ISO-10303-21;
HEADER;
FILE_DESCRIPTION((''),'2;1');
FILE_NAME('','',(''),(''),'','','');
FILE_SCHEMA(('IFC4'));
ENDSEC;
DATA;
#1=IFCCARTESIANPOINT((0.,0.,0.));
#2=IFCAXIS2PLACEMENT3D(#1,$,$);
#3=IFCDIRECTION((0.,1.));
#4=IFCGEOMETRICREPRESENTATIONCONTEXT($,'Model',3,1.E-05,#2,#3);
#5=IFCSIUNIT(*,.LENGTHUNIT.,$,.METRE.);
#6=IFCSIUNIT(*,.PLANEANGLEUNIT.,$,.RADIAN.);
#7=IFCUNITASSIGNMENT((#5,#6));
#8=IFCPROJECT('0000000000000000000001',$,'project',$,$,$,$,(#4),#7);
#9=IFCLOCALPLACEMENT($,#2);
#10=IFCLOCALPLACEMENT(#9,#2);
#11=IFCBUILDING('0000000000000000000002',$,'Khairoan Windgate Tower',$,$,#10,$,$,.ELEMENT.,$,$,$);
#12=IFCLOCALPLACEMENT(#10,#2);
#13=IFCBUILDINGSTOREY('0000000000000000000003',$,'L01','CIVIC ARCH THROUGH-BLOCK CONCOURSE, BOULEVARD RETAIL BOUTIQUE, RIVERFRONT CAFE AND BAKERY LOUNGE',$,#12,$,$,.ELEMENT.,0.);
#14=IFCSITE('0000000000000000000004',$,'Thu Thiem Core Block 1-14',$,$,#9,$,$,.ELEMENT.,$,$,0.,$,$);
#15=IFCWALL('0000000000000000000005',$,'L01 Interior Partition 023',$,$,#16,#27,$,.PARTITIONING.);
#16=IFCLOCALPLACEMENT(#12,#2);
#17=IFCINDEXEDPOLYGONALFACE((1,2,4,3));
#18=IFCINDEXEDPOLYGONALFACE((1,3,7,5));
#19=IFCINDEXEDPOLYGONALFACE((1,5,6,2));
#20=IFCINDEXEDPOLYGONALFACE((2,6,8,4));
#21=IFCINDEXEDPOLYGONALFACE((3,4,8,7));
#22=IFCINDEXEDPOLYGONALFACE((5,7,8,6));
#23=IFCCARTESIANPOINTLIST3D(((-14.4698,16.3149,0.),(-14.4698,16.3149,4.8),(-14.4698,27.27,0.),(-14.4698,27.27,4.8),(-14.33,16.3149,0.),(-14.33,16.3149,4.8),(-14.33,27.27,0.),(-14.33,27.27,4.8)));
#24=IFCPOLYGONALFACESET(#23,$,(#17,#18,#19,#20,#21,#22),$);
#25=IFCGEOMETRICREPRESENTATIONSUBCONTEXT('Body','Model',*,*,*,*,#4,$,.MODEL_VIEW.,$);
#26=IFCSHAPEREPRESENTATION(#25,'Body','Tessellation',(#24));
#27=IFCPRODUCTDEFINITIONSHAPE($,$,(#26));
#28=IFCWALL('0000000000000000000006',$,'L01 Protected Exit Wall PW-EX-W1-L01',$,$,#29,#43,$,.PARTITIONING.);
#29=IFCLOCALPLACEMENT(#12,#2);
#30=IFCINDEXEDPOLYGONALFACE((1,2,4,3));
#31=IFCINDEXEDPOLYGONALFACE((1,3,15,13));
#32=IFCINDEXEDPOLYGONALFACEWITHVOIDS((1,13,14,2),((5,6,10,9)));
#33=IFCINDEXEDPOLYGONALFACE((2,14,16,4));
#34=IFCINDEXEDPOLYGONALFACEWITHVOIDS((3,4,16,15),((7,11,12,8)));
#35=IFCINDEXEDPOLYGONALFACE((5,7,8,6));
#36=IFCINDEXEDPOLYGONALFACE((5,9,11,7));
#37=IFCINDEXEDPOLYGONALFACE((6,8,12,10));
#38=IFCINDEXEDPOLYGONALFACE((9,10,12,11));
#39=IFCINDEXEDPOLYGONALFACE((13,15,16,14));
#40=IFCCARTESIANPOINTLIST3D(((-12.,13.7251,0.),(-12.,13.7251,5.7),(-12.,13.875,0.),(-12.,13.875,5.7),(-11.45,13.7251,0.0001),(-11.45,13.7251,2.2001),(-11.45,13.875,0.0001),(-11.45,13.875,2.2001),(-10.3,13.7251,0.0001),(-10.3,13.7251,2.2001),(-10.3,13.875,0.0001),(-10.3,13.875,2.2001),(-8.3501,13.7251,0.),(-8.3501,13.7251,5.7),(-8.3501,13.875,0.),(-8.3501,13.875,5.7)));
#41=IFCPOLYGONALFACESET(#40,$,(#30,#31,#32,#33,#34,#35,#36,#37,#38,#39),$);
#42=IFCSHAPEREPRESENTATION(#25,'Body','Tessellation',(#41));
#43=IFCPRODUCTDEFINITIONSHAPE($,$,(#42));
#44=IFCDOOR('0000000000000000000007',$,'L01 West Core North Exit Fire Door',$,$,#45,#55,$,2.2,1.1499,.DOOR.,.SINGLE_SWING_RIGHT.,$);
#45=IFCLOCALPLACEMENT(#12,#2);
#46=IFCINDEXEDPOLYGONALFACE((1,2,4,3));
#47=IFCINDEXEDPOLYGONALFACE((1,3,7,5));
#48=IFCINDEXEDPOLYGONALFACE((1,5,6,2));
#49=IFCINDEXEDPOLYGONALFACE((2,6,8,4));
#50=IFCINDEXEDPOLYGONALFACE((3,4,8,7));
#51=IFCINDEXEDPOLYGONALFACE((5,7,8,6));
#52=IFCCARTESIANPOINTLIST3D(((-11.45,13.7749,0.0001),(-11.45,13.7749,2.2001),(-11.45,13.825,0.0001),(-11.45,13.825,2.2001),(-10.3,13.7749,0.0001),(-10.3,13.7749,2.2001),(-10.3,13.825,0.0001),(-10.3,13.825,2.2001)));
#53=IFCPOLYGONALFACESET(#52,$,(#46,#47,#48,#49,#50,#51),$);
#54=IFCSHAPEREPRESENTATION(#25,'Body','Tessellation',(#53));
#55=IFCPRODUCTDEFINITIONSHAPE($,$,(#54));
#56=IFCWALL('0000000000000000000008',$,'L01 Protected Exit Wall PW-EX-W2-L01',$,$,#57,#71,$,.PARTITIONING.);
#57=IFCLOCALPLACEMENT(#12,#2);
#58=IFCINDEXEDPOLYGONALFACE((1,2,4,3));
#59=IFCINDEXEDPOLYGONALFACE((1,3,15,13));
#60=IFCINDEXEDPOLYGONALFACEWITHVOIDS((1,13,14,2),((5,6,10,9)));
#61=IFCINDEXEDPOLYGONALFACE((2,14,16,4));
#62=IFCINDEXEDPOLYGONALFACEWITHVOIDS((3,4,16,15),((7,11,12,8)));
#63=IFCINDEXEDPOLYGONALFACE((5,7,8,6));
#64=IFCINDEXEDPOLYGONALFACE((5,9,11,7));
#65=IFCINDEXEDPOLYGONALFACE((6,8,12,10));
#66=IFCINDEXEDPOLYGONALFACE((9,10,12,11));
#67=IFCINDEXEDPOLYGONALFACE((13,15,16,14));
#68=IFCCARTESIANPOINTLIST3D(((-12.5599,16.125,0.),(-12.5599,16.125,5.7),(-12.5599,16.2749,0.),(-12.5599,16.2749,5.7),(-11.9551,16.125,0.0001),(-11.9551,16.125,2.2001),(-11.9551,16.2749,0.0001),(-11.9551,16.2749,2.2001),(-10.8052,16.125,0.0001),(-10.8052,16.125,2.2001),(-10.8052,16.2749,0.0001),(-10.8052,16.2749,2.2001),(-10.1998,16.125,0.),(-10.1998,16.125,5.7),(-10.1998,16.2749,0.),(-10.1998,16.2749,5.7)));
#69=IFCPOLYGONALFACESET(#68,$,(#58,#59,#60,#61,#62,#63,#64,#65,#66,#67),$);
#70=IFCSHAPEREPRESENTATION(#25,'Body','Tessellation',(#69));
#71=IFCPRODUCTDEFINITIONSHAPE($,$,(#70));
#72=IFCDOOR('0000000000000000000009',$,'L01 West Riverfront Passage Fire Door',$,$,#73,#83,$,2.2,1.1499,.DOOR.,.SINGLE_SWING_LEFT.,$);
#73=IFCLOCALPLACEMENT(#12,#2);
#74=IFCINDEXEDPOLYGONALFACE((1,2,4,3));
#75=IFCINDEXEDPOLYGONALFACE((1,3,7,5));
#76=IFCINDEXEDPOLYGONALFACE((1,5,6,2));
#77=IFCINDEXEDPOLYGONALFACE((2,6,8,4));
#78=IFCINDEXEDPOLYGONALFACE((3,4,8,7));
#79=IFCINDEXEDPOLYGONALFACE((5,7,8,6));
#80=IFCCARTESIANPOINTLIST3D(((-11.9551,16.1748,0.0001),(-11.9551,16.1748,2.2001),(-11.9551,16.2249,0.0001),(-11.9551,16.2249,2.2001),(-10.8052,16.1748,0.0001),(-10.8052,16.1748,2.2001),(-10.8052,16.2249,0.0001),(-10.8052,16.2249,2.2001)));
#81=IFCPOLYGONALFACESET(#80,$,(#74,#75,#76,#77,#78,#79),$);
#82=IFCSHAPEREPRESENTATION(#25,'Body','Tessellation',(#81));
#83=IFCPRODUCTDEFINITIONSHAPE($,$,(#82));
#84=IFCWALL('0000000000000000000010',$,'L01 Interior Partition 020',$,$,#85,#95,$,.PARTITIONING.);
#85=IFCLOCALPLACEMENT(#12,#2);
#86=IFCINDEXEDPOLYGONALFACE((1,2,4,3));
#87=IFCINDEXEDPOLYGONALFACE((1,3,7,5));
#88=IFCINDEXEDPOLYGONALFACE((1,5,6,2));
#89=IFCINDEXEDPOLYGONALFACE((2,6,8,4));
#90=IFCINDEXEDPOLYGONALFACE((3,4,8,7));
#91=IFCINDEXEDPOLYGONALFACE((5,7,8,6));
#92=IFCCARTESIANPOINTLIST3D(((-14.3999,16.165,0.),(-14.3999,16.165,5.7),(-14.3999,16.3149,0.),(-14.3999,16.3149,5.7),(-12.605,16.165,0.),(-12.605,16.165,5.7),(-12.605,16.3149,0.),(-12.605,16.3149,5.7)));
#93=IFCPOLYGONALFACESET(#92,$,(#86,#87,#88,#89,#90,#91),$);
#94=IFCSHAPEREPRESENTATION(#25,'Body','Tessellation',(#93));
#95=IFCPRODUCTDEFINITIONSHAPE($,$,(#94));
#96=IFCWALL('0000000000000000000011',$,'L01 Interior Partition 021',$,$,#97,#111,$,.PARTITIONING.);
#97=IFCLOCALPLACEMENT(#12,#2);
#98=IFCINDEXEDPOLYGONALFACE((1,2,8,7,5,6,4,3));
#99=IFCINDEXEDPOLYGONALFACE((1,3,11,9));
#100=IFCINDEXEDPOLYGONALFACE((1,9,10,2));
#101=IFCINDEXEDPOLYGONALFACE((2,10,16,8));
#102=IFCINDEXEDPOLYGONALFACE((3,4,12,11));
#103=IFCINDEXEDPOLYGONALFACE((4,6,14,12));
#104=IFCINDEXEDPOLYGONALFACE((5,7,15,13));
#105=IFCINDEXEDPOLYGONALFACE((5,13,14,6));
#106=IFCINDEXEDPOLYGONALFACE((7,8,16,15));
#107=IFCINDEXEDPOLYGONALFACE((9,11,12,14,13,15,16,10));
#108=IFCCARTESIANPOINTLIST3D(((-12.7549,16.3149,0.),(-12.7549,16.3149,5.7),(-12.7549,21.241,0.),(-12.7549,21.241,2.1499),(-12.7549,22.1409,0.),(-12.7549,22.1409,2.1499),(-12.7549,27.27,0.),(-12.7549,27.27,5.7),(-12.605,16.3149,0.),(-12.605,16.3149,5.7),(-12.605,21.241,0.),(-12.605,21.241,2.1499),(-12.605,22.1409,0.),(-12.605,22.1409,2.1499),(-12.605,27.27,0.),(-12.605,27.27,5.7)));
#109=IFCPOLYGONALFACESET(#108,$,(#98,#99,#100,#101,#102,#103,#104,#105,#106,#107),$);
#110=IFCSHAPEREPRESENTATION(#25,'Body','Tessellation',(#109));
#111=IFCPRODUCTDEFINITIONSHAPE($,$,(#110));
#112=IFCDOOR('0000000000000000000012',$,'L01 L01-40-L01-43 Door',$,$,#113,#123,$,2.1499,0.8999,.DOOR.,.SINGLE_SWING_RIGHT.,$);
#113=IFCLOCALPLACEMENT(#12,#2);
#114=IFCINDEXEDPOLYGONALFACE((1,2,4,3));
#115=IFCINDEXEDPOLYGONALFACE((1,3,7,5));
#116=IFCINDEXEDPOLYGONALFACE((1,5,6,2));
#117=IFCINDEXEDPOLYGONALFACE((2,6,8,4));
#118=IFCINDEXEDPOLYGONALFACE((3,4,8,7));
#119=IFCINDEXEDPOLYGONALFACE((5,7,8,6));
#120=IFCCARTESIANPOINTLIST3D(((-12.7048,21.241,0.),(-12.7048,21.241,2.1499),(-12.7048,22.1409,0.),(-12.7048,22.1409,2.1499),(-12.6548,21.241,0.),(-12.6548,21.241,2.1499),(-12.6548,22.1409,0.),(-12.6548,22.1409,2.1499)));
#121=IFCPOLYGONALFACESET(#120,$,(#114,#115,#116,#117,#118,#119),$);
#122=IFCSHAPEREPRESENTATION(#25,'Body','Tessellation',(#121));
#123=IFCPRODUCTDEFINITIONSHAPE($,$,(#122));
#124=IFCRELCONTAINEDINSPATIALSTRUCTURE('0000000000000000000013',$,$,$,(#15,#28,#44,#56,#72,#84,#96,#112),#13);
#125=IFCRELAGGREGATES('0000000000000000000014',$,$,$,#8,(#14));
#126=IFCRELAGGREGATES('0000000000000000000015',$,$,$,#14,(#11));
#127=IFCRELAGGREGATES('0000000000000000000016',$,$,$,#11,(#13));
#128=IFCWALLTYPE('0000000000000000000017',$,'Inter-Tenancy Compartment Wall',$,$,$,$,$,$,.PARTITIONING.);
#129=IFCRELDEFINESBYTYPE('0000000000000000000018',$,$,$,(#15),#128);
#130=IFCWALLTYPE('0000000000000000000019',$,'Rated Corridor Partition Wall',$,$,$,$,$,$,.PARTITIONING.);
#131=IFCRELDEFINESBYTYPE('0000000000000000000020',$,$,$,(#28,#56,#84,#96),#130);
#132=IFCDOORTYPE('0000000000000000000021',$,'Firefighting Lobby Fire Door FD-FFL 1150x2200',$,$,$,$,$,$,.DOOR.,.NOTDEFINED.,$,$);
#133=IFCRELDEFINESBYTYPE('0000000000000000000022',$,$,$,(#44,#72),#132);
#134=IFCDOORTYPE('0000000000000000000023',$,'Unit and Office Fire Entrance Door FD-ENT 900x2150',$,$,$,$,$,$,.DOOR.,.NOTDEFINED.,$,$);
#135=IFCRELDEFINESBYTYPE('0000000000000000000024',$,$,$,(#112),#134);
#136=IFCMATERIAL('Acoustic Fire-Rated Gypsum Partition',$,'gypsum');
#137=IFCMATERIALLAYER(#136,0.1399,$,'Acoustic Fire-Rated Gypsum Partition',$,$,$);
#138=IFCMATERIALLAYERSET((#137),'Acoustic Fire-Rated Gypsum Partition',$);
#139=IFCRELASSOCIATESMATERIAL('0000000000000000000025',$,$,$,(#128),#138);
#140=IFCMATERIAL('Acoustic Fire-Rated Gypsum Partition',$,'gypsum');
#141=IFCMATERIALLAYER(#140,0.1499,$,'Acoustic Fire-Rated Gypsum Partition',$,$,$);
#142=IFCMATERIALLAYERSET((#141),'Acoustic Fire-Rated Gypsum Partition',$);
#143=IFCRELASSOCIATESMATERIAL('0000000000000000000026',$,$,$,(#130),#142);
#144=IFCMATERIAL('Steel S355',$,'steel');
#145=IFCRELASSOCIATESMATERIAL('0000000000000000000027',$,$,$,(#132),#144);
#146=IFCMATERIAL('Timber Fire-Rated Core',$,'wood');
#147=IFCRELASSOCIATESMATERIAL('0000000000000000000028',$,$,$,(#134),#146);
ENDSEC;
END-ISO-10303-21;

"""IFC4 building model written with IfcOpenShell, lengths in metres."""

from ifc_helpers import new_model, si_unit, direction, frame, frame_2d, origin, place, context, subcontext, project, spatial, rectangle, extrude, material, layer, layer_set, type_object, element, fill, save


model = new_model("IFC4")

# Units and contexts
model_context = context("Model", 3, precision=1e-05, world=origin(), true_north=direction((0.0, 1.0)))
body_context = subcontext(model_context, "Body", "Model", "MODEL_VIEW")
ifc_project = project(units=[si_unit("LENGTHUNIT", "METRE"), si_unit("PLANEANGLEUNIT", "RADIAN")], contexts=[model_context])

# Site, building, storey
site_placement = place(None, origin())
site = spatial("IfcSite", under=ifc_project, at=site_placement, Name="Thu Thiem Core Block 1-14", CompositionType="ELEMENT", RefElevation=0.0)
building_placement = place(site_placement, origin())
building = spatial("IfcBuilding", under=site, at=building_placement, Name="Khairoan Windgate Tower", CompositionType="ELEMENT")
storey_placement = place(building_placement, origin())
storey = spatial("IfcBuildingStorey", under=building, at=storey_placement, Name="L01", Description="CIVIC ARCH THROUGH-BLOCK CONCOURSE, BOULEVARD RETAIL BOUTIQUE, RIVERFRONT CAFE AND BAKERY LOUNGE", CompositionType="ELEMENT", Elevation=0.0)

# Wall
ifc_material_1 = material(Name="Acoustic Fire-Rated Gypsum Partition", Category="gypsum")
ifc_layer_1 = layer(ifc_material_1, 0.1399, Name="Acoustic Fire-Rated Gypsum Partition")
ifc_layer_set_1 = layer_set([ifc_layer_1], Name="Acoustic Fire-Rated Gypsum Partition")
wall_type_1 = type_object("IfcWallType", Name="Inter-Tenancy Compartment Wall", PredefinedType="PARTITIONING", material=ifc_layer_set_1)
wall_1_placement = place(storey_placement, frame((-14.3999, 16.3149, 0.0), z_axis=(0.0, 0.0, 1.0), x_axis=(0.0, 1.0, 0.0)))
element("IfcWall", 1, at=wall_1_placement, inside=storey, type_object=wall_type_1, Name="L01 Interior Partition 023", PredefinedType="PARTITIONING", context=body_context, shape_type="SweptSolid", body=[
    extrude(rectangle(XDim=10.9551, YDim=0.1399, at=frame_2d((5.4775, 0.0))), origin(), (0.0, 0.0, 1.0), 4.8),
])

# Walls, openings, doors
ifc_material_2 = material(Name="Acoustic Fire-Rated Gypsum Partition", Category="gypsum")
ifc_layer_2 = layer(ifc_material_2, 0.1499, Name="Acoustic Fire-Rated Gypsum Partition")
ifc_layer_set_2 = layer_set([ifc_layer_2], Name="Acoustic Fire-Rated Gypsum Partition")
wall_type_2 = type_object("IfcWallType", Name="Rated Corridor Partition Wall", PredefinedType="PARTITIONING", material=ifc_layer_set_2)
wall_2_placement = place(storey_placement, frame((-12.0, 13.8, 0.0), z_axis=(0.0, 0.0, 1.0), x_axis=(1.0, 0.0, 0.0)))
wall_2 = element("IfcWall", 2, at=wall_2_placement, inside=storey, type_object=wall_type_2, Name="L01 Protected Exit Wall PW-EX-W1-L01", PredefinedType="PARTITIONING", context=body_context, shape_type="SweptSolid", body=[
    extrude(rectangle(XDim=3.6499, YDim=0.1499, at=frame_2d((1.825, 0.0))), origin(), (0.0, 0.0, 1.0), 5.7),
])
opening_1_placement = place(wall_2_placement, frame((0.55, 0.0, 0.0)))
opening_1 = element("IfcOpeningElement", 3, at=opening_1_placement, cuts=wall_2, PredefinedType="OPENING", context=body_context, shape_type="SweptSolid", body=[
    extrude(rectangle(XDim=1.1499, YDim=2.2, at=frame_2d((0.575, 1.1001))), frame((0.0, 0.085, 0.0), z_axis=(0.0, -1.0, 0.0), x_axis=(1.0, 0.0, 0.0)), (0.0, 0.0, 1.0), 0.1699),
])
ifc_material_3 = material(Name="Steel S355", Category="steel")
door_type_1 = type_object("IfcDoorType", Name="Firefighting Lobby Fire Door FD-FFL 1150x2200", OperationType="NOTDEFINED", PredefinedType="DOOR", material=ifc_material_3)
door_1_placement = place(opening_1_placement, origin())
door_1 = element("IfcDoor", 4, at=door_1_placement, inside=storey, type_object=door_type_1, Name="L01 West Core North Exit Fire Door", OperationType="SINGLE_SWING_RIGHT", OverallHeight=2.2, OverallWidth=1.1499, PredefinedType="DOOR", context=body_context, shape_type="SweptSolid", body=[
    extrude(rectangle(XDim=1.1499, YDim=2.2, at=frame_2d((0.575, 1.1001))), frame((0.0, 0.0249, 0.0), z_axis=(0.0, -1.0, 0.0), x_axis=(1.0, 0.0, 0.0)), (0.0, 0.0, 1.0), 0.05),
])
fill(opening_1, door_1)
wall_3_placement = place(storey_placement, frame((-12.5601, 16.2, 0.0), z_axis=(0.0, 0.0, 1.0), x_axis=(1.0, 0.0, 0.0)))
wall_3 = element("IfcWall", 5, at=wall_3_placement, inside=storey, type_object=wall_type_2, Name="L01 Protected Exit Wall PW-EX-W2-L01", PredefinedType="PARTITIONING", context=body_context, shape_type="SweptSolid", body=[
    extrude(rectangle(XDim=2.3601, YDim=0.1499, at=frame_2d((1.1802, 0.0))), origin(), (0.0, 0.0, 1.0), 5.7),
])
opening_2_placement = place(wall_3_placement, frame((0.605, 0.0, 0.0)))
opening_2 = element("IfcOpeningElement", 6, at=opening_2_placement, cuts=wall_3, PredefinedType="OPENING", context=body_context, shape_type="SweptSolid", body=[
    extrude(rectangle(XDim=1.1499, YDim=2.2, at=frame_2d((0.575, 1.1001))), frame((0.0, 0.085, 0.0), z_axis=(0.0, -1.0, 0.0), x_axis=(1.0, 0.0, 0.0)), (0.0, 0.0, 1.0), 0.1699),
])
door_2_placement = place(opening_2_placement, origin())
door_2 = element("IfcDoor", 7, at=door_2_placement, inside=storey, type_object=door_type_1, Name="L01 West Riverfront Passage Fire Door", OperationType="SINGLE_SWING_LEFT", OverallHeight=2.2, OverallWidth=1.1499, PredefinedType="DOOR", context=body_context, shape_type="SweptSolid", body=[
    extrude(rectangle(XDim=1.1499, YDim=2.2, at=frame_2d((0.575, 1.1001))), frame((0.0, 0.0249, 0.0), z_axis=(0.0, -1.0, 0.0), x_axis=(1.0, 0.0, 0.0)), (0.0, 0.0, 1.0), 0.05),
])
fill(opening_2, door_2)

# Wall
wall_4_placement = place(storey_placement, frame((-14.3999, 16.24, 0.0), z_axis=(0.0, 0.0, 1.0), x_axis=(1.0, 0.0, 0.0)))
element("IfcWall", 8, at=wall_4_placement, inside=storey, type_object=wall_type_2, Name="L01 Interior Partition 020", PredefinedType="PARTITIONING", context=body_context, shape_type="SweptSolid", body=[
    extrude(rectangle(XDim=1.7949, YDim=0.1499, at=frame_2d((0.8975, 0.0))), origin(), (0.0, 0.0, 1.0), 5.7),
])

# Wall, opening, door
wall_5_placement = place(storey_placement, frame((-12.6799, 16.3149, 0.0), z_axis=(0.0, 0.0, 1.0), x_axis=(0.0, 1.0, 0.0)))
wall_5 = element("IfcWall", 9, at=wall_5_placement, inside=storey, type_object=wall_type_2, Name="L01 Interior Partition 021", PredefinedType="PARTITIONING", context=body_context, shape_type="SweptSolid", body=[
    extrude(rectangle(XDim=10.9551, YDim=0.1499, at=frame_2d((5.4775, 0.0))), origin(), (0.0, 0.0, 1.0), 5.7),
])
opening_3_placement = place(wall_5_placement, frame((4.926, 0.0, 0.0)))
opening_3 = element("IfcOpeningElement", 10, at=opening_3_placement, cuts=wall_5, PredefinedType="OPENING", context=body_context, shape_type="SweptSolid", body=[
    extrude(rectangle(XDim=0.8999, YDim=2.1499, at=frame_2d((0.45, 1.075))), frame((0.0, 0.085, 0.0), z_axis=(0.0, -1.0, 0.0), x_axis=(1.0, 0.0, 0.0)), (0.0, 0.0, 1.0), 0.1699),
])
ifc_material_4 = material(Name="Timber Fire-Rated Core", Category="wood")
door_type_2 = type_object("IfcDoorType", Name="Unit and Office Fire Entrance Door FD-ENT 900x2150", OperationType="NOTDEFINED", PredefinedType="DOOR", material=ifc_material_4)
door_3_placement = place(opening_3_placement, origin())
door_3 = element("IfcDoor", 11, at=door_3_placement, inside=storey, type_object=door_type_2, Name="L01 L01-40-L01-43 Door", OperationType="SINGLE_SWING_RIGHT", OverallHeight=2.1499, OverallWidth=0.8999, PredefinedType="DOOR", context=body_context, shape_type="SweptSolid", body=[
    extrude(rectangle(XDim=0.8999, YDim=2.1499, at=frame_2d((0.45, 1.075))), frame((0.0, 0.0249, 0.0), z_axis=(0.0, -1.0, 0.0), x_axis=(1.0, 0.0, 0.0)), (0.0, 0.0, 1.0), 0.05),
])
fill(opening_3, door_3)

save(model, "model.ifc")
